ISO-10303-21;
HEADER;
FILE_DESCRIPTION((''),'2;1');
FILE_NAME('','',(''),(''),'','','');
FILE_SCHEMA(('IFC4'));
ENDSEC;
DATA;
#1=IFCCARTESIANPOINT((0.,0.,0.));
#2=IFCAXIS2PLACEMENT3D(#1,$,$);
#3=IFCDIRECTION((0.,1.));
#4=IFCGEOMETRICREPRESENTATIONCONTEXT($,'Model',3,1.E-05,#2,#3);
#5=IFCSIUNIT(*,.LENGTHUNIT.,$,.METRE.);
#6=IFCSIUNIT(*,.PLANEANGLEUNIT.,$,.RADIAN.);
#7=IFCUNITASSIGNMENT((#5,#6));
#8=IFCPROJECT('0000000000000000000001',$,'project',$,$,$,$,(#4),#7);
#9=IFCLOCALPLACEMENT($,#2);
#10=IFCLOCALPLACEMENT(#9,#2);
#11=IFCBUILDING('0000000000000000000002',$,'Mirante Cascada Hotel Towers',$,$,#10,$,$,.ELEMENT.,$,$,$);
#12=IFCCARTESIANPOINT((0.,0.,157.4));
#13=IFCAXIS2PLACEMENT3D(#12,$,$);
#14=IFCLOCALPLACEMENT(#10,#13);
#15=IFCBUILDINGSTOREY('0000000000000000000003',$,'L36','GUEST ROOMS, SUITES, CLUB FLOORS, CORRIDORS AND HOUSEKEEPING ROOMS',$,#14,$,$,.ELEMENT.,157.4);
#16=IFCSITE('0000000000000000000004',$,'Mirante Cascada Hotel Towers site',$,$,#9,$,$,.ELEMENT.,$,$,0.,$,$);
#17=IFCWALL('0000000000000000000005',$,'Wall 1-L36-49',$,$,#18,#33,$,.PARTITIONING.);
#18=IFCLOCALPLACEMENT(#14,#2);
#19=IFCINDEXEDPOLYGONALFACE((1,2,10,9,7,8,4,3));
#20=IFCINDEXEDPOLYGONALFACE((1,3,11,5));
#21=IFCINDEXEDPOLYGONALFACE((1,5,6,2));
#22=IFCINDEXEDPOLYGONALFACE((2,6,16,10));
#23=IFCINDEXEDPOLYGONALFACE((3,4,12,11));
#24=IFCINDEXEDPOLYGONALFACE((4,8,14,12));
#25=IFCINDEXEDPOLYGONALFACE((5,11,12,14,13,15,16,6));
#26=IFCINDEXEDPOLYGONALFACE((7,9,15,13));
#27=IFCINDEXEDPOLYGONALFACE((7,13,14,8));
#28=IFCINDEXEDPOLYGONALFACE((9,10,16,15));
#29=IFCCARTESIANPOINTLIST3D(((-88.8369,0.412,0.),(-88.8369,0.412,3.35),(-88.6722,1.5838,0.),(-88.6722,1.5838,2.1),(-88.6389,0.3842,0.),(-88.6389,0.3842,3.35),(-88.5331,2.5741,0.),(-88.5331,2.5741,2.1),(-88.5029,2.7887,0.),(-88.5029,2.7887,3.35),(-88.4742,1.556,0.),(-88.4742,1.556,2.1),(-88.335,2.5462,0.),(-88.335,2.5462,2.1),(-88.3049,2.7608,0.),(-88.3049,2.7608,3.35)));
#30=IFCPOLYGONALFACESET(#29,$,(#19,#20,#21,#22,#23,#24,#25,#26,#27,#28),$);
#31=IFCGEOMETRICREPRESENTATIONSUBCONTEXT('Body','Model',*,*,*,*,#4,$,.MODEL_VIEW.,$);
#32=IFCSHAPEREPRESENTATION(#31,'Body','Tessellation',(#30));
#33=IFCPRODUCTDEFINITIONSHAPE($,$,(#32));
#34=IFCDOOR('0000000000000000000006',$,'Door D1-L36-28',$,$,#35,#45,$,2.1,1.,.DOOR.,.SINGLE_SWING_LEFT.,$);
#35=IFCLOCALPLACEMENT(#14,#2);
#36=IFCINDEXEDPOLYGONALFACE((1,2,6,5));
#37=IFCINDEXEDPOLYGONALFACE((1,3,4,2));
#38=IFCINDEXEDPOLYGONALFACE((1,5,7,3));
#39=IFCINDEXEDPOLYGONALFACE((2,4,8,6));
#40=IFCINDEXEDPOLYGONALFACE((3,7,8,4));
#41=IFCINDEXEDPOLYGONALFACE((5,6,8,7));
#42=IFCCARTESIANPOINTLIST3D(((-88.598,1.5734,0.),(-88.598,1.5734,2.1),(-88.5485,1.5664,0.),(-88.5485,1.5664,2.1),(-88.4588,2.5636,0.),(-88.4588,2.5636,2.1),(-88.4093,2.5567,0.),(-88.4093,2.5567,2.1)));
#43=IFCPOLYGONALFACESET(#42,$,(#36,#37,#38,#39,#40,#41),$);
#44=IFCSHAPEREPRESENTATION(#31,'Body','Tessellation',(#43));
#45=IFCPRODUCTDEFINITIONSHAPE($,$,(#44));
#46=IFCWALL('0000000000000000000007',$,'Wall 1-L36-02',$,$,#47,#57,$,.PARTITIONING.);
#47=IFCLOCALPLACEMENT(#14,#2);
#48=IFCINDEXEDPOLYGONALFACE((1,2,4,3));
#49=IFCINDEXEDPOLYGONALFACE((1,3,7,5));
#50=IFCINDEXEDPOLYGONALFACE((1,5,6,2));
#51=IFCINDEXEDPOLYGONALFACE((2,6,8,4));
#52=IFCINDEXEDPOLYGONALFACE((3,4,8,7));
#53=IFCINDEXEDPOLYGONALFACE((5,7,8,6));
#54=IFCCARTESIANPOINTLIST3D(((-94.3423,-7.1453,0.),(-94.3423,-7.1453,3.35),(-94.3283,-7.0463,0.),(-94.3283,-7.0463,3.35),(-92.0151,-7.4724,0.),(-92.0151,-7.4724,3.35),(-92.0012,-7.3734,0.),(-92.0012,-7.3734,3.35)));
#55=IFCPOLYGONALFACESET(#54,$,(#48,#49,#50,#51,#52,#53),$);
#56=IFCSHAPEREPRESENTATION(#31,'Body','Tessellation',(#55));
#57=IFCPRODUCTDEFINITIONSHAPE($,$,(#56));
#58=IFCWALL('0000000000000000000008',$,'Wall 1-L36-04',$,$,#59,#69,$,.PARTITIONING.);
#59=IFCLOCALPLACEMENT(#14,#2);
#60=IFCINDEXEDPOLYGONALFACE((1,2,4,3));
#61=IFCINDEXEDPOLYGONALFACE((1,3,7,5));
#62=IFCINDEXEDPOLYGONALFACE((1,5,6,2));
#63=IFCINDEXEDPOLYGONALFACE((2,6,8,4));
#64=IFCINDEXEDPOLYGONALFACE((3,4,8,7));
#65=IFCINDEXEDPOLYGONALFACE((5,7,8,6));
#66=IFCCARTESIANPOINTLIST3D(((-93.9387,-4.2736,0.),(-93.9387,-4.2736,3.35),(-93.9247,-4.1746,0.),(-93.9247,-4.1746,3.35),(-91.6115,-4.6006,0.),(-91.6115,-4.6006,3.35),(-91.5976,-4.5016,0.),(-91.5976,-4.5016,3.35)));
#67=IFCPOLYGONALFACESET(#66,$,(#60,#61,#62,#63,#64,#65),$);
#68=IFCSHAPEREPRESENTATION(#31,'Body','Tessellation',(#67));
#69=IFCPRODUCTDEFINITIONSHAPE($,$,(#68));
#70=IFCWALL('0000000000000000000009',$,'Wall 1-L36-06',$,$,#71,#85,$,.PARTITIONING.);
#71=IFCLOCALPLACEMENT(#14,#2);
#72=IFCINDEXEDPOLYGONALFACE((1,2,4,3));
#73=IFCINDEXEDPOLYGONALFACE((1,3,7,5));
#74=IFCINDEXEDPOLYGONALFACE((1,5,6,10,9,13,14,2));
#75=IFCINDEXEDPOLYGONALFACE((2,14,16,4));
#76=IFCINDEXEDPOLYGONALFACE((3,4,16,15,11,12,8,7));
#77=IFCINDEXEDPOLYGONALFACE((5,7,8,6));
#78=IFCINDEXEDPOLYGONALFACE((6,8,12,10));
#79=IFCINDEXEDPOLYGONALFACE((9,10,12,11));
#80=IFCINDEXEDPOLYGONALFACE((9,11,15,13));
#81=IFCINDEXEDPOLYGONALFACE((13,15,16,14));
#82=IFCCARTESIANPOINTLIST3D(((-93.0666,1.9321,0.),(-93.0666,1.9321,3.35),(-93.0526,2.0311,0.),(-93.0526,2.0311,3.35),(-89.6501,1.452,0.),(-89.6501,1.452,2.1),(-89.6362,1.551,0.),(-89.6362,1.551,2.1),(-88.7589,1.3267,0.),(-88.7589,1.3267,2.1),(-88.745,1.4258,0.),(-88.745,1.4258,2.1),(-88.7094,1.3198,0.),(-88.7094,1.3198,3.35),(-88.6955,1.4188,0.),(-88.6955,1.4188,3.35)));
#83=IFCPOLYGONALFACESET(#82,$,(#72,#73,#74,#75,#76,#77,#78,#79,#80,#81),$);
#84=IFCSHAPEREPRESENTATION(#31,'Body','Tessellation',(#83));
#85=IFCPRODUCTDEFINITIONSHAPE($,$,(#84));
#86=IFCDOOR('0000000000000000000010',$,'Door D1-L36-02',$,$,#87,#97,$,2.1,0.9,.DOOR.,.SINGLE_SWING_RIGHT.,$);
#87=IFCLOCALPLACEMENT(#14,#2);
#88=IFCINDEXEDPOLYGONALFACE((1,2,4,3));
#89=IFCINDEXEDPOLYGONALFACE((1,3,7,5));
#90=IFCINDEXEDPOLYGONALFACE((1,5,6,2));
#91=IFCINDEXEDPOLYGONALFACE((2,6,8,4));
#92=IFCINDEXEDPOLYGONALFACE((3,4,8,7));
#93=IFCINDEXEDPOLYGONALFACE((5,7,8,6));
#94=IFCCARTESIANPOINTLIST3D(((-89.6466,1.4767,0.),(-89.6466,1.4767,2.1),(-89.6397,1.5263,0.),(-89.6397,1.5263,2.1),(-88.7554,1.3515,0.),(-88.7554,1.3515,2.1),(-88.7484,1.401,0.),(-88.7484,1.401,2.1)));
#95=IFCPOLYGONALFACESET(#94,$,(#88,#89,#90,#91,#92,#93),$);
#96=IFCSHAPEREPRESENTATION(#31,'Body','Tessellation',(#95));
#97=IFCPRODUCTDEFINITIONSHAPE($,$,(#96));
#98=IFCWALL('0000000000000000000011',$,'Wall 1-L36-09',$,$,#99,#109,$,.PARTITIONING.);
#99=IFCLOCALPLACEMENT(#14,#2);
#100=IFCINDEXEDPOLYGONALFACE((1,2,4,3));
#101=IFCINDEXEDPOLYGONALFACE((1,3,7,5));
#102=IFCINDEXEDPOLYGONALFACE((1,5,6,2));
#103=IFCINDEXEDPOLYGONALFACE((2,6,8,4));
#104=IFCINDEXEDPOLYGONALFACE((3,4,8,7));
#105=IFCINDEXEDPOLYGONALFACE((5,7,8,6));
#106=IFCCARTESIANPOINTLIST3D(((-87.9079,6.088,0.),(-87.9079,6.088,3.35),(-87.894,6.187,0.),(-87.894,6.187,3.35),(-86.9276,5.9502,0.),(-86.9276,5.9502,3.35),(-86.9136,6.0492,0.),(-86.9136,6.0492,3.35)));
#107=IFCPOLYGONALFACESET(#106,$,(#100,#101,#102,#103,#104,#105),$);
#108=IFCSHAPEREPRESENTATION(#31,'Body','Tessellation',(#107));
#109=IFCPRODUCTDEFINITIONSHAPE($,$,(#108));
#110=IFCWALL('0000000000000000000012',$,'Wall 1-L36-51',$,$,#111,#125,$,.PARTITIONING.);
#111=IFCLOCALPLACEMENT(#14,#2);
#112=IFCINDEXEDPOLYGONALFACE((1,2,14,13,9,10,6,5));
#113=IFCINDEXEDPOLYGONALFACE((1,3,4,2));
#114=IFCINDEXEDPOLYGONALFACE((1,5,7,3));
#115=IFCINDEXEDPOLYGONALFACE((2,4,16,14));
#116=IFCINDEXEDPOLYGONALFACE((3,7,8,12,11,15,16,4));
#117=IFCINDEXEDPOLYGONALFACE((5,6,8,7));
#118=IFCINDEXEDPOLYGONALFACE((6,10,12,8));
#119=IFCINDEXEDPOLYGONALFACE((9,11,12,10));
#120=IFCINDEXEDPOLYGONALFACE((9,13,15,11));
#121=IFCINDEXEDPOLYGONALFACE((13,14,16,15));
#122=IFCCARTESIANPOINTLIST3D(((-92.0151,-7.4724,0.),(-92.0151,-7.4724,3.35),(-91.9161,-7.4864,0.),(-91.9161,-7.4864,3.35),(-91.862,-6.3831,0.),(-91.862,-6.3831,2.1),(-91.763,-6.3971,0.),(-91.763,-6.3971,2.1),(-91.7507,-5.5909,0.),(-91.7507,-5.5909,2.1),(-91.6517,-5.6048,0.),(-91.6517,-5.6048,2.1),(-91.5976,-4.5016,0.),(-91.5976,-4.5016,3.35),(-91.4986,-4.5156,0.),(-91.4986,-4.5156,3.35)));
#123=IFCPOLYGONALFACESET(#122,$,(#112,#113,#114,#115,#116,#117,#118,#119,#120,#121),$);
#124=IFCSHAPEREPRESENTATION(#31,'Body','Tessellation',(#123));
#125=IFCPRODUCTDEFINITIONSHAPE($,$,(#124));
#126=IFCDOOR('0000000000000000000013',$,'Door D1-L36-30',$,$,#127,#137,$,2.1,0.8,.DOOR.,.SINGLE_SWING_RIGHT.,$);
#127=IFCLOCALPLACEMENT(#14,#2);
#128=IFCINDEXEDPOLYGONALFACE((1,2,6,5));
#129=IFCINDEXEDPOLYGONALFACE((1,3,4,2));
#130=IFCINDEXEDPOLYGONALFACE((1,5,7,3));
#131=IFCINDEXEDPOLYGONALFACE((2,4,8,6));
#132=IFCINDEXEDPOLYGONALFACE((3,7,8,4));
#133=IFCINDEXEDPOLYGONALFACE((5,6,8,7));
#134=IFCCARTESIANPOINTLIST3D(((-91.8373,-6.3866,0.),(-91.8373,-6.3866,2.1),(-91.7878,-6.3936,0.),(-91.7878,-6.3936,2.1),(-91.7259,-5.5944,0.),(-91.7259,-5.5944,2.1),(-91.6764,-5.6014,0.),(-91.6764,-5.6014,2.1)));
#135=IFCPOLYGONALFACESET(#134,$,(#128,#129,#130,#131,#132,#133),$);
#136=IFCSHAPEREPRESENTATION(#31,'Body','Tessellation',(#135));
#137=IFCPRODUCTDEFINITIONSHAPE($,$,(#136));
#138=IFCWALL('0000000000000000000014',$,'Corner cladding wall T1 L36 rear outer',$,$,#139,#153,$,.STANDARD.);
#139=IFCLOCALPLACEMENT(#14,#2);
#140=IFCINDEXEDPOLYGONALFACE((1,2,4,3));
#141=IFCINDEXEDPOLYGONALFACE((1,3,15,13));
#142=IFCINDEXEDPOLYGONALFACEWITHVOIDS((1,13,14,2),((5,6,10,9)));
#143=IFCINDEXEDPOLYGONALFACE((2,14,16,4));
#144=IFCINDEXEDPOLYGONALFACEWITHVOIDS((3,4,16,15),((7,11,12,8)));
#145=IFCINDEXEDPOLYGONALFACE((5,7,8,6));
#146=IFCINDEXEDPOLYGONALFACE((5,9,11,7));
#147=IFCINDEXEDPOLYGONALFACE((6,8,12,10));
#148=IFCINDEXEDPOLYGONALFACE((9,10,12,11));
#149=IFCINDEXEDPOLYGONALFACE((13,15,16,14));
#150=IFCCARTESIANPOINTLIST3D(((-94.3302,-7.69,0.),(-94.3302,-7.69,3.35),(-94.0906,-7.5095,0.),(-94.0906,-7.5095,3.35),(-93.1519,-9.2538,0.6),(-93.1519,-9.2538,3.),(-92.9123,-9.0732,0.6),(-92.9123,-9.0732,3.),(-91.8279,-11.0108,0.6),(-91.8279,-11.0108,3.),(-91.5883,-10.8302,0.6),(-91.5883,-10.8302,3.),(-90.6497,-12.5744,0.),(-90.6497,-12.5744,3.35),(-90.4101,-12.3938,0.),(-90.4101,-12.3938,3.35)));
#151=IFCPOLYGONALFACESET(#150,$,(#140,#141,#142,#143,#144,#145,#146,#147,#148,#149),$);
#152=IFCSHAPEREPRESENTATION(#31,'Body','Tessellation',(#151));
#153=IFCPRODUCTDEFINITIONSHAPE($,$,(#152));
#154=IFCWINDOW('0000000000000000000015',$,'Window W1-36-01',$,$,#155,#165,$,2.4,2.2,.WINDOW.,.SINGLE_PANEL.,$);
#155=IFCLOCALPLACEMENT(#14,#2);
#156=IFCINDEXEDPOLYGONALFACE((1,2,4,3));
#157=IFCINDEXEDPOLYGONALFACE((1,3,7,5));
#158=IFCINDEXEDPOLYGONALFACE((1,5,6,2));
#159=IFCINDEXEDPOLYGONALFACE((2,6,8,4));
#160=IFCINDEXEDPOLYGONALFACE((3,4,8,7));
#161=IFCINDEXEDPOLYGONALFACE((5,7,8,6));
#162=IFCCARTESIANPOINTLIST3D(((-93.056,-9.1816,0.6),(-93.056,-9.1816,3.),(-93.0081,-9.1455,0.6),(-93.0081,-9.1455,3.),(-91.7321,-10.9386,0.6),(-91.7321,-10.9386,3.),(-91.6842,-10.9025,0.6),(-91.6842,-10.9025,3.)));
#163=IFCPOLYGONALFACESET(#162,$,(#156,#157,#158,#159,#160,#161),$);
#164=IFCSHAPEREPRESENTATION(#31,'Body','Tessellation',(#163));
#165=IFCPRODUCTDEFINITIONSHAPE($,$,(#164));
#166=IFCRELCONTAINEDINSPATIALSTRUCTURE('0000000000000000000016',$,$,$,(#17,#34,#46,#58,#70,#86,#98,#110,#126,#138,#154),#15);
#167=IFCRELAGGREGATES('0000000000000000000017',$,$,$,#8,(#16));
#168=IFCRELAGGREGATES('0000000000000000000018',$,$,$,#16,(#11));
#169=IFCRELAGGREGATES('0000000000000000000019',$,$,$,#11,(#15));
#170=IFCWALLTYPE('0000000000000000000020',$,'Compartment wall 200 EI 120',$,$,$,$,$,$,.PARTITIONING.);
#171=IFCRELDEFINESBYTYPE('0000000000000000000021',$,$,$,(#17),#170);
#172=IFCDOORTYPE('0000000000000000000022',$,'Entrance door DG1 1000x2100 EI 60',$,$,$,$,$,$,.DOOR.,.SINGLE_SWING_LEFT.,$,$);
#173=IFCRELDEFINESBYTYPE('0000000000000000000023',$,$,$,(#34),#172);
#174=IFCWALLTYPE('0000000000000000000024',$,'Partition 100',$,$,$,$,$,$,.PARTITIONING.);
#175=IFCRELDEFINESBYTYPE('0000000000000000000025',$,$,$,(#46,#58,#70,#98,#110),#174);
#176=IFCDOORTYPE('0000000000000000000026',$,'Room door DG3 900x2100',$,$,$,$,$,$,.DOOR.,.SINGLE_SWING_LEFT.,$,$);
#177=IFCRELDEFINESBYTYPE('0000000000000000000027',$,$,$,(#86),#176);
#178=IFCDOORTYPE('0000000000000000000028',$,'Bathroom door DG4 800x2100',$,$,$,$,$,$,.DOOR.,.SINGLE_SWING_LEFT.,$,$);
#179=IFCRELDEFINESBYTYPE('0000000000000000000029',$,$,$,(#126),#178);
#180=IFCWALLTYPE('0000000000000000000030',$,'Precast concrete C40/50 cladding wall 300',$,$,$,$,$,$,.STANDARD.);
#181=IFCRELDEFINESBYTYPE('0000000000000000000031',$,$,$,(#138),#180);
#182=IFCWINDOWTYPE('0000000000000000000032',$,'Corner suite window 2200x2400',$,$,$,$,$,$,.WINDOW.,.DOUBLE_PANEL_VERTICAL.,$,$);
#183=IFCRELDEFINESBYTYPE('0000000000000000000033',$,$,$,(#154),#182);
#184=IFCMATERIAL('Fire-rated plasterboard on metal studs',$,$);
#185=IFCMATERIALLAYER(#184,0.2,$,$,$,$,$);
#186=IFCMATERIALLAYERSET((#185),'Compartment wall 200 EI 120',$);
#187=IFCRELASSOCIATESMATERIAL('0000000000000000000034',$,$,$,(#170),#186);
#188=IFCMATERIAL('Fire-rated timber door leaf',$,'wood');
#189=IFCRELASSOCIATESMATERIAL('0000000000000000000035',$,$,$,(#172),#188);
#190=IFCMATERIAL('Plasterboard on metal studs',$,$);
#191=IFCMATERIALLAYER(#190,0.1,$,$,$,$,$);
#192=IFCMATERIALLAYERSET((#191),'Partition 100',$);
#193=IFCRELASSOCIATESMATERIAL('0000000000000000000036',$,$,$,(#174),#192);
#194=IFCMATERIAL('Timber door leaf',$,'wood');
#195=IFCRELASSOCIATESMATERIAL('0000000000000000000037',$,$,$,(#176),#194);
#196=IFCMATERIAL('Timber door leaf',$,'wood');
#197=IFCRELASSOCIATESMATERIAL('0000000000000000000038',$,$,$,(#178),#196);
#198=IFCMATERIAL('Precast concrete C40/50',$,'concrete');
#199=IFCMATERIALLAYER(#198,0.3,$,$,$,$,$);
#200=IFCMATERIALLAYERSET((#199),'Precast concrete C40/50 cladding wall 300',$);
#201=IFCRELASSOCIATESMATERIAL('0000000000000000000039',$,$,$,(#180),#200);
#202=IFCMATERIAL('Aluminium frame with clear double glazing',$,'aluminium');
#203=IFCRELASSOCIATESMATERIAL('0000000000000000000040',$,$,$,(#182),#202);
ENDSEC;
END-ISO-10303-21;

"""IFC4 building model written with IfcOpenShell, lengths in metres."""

from ifc_helpers import new_model, si_unit, direction, frame, frame_2d, origin, place, context, subcontext, project, spatial, rectangle, extrude, material, layer, layer_set, type_object, element, fill, save


model = new_model("IFC4")

# Units and contexts
model_context = context("Model", 3, precision=1e-05, world=origin(), true_north=direction((0.0, 1.0)))
body_context = subcontext(model_context, "Body", "Model", "MODEL_VIEW")
ifc_project = project(units=[si_unit("LENGTHUNIT", "METRE"), si_unit("PLANEANGLEUNIT", "RADIAN")], contexts=[model_context])

# Site, building, storey
site_placement = place(None, origin())
site = spatial("IfcSite", under=ifc_project, at=site_placement, Name="Mirante Cascada Hotel Towers site", CompositionType="ELEMENT", RefElevation=0.0)
building_placement = place(site_placement, origin())
building = spatial("IfcBuilding", under=site, at=building_placement, Name="Mirante Cascada Hotel Towers", CompositionType="ELEMENT")
storey_placement = place(building_placement, frame((0.0, 0.0, 157.4)))
storey = spatial("IfcBuildingStorey", under=building, at=storey_placement, Name="L36", Description="GUEST ROOMS, SUITES, CLUB FLOORS, CORRIDORS AND HOUSEKEEPING ROOMS", CompositionType="ELEMENT", Elevation=157.4)

# Shared definitions
ifc_material_1 = material(Name="Fire-rated plasterboard on metal studs")
ifc_layer_1 = layer(ifc_material_1, 0.2)
ifc_layer_set_1 = layer_set([ifc_layer_1], Name="Compartment wall 200 EI 120")
wall_type_1 = type_object("IfcWallType", Name="Compartment wall 200 EI 120", PredefinedType="PARTITIONING", material=ifc_layer_set_1)

# Wall, opening, door
wall_1_placement = place(storey_placement, frame((-88.7379, 0.3981, 0.0), z_axis=(0.0, 0.0, 1.0), x_axis=(0.139169, 0.990269, 0.0)))
wall_1 = element("IfcWall", 1, at=wall_1_placement, inside=storey, type_object=wall_type_1, Name="Wall 1-L36-49", PredefinedType="PARTITIONING", context=body_context, shape_type="SweptSolid", body=[
    extrude(rectangle(XDim=2.4, YDim=0.2, at=frame_2d((1.2, 0.0))), origin(), (0.0, 0.0, 1.0), 3.35),
])
opening_1_placement = place(wall_1_placement, frame((1.1833, 0.0, 0.0)))
opening_1 = element("IfcOpeningElement", 2, at=opening_1_placement, cuts=wall_1, PredefinedType="OPENING", context=body_context, shape_type="SweptSolid", body=[
    extrude(rectangle(XDim=1.0, YDim=2.1, at=frame_2d((0.5, 1.05))), frame((0.0, 0.1, 0.0), z_axis=(0.0, -1.0, 0.0), x_axis=(1.0, 0.0, 0.0)), (0.0, 0.0, 1.0), 0.2),
])
ifc_material_2 = material(Name="Fire-rated timber door leaf", Category="wood")
door_type_1 = type_object("IfcDoorType", Name="Entrance door DG1 1000x2100 EI 60", OperationType="SINGLE_SWING_LEFT", PredefinedType="DOOR", material=ifc_material_2)
door_1_placement = place(opening_1_placement, origin())
door_1 = element("IfcDoor", 3, at=door_1_placement, inside=storey, type_object=door_type_1, Name="Door D1-L36-28", OperationType="SINGLE_SWING_LEFT", OverallHeight=2.1, OverallWidth=1.0, PredefinedType="DOOR", context=body_context, shape_type="SweptSolid", body=[
    extrude(rectangle(XDim=1.0, YDim=2.1, at=frame_2d((0.5, 1.05))), frame((0.0, 0.025, 0.0), z_axis=(0.0, -1.0, 0.0), x_axis=(1.0, 0.0, 0.0)), (0.0, 0.0, 1.0), 0.05),
])
fill(opening_1, door_1)

# Walls
ifc_material_3 = material(Name="Plasterboard on metal studs")
ifc_layer_2 = layer(ifc_material_3, 0.1)
ifc_layer_set_2 = layer_set([ifc_layer_2], Name="Partition 100")
wall_type_2 = type_object("IfcWallType", Name="Partition 100", PredefinedType="PARTITIONING", material=ifc_layer_set_2)
for number, where, z_axis, x_axis, name in (
    (4, (-94.3353, -7.0958, 0.0), (0.0, 0.0, 1.0), (0.990265, -0.139193, 0.0), "Wall 1-L36-02"),
    (5, (-93.9317, -4.2241, 0.0), (0.0, 0.0, 1.0), (0.990271, -0.139151, 0.0), "Wall 1-L36-04"),
):
    element("IfcWall", number, at=place(storey_placement, frame(where, z_axis=z_axis, x_axis=x_axis)), inside=storey, type_object=wall_type_2, Name=name, PredefinedType="PARTITIONING", context=body_context, shape_type="SweptSolid", body=[
        extrude(rectangle(XDim=2.35, YDim=0.1, at=frame_2d((1.175, 0.0))), origin(), (0.0, 0.0, 1.0), 3.35),
    ])

# Wall, opening, door
wall_2_placement = place(storey_placement, frame((-93.0596, 1.9816, 0.0), z_axis=(0.0, 0.0, 1.0), x_axis=(0.99027, -0.139159, 0.0)))
wall_2 = element("IfcWall", 6, at=wall_2_placement, inside=storey, type_object=wall_type_2, Name="Wall 1-L36-06", PredefinedType="PARTITIONING", context=body_context, shape_type="SweptSolid", body=[
    extrude(rectangle(XDim=4.4, YDim=0.1, at=frame_2d((2.2, 0.0))), origin(), (0.0, 0.0, 1.0), 3.35),
])
opening_2_placement = place(wall_2_placement, frame((3.45, 0.0, 0.0)))
opening_2 = element("IfcOpeningElement", 7, at=opening_2_placement, cuts=wall_2, PredefinedType="OPENING", context=body_context, shape_type="SweptSolid", body=[
    extrude(rectangle(XDim=0.9, YDim=2.1, at=frame_2d((0.45, 1.05))), frame((0.0, 0.05, 0.0), z_axis=(0.0, -1.0, 0.0), x_axis=(1.0, 0.0, 0.0)), (0.0, 0.0, 1.0), 0.1),
])
ifc_material_4 = material(Name="Timber door leaf", Category="wood")
door_type_2 = type_object("IfcDoorType", Name="Room door DG3 900x2100", OperationType="SINGLE_SWING_LEFT", PredefinedType="DOOR", material=ifc_material_4)
door_2_placement = place(opening_2_placement, frame((0.9, 0.0, 0.0), z_axis=(0.0, 0.0, 1.0), x_axis=(-1.0, 0.0, 0.0)))
door_2 = element("IfcDoor", 8, at=door_2_placement, inside=storey, type_object=door_type_2, Name="Door D1-L36-02", OperationType="SINGLE_SWING_RIGHT", OverallHeight=2.1, OverallWidth=0.9, PredefinedType="DOOR", context=body_context, shape_type="SweptSolid", body=[
    extrude(rectangle(XDim=0.9, YDim=2.1, at=frame_2d((0.45, 1.05))), frame((0.0, 0.025, 0.0), z_axis=(0.0, -1.0, 0.0), x_axis=(1.0, 0.0, 0.0)), (0.0, 0.0, 1.0), 0.05),
])
fill(opening_2, door_2)

# Wall
wall_3_placement = place(storey_placement, frame((-86.9206, 5.9997, 0.0), z_axis=(0.0, 0.0, 1.0), x_axis=(-0.990266, 0.139187, 0.0)))
element("IfcWall", 9, at=wall_3_placement, inside=storey, type_object=wall_type_2, Name="Wall 1-L36-09", PredefinedType="PARTITIONING", context=body_context, shape_type="SweptSolid", body=[
    extrude(rectangle(XDim=0.99, YDim=0.1, at=frame_2d((0.495, 0.0))), origin(), (0.0, 0.0, 1.0), 3.35),
])

# Wall, opening, door
wall_4_placement = place(storey_placement, frame((-91.9656, -7.4794, 0.0), z_axis=(0.0, 0.0, 1.0), x_axis=(0.139167, 0.990269, 0.0)))
wall_4 = element("IfcWall", 10, at=wall_4_placement, inside=storey, type_object=wall_type_2, Name="Wall 1-L36-51", PredefinedType="PARTITIONING", context=body_context, shape_type="SweptSolid", body=[
    extrude(rectangle(XDim=3.0, YDim=0.1, at=frame_2d((1.5, 0.0))), origin(), (0.0, 0.0, 1.0), 3.35),
])
opening_3_placement = place(wall_4_placement, frame((1.1, 0.0, 0.0)))
opening_3 = element("IfcOpeningElement", 11, at=opening_3_placement, cuts=wall_4, PredefinedType="OPENING", context=body_context, shape_type="SweptSolid", body=[
    extrude(rectangle(XDim=0.8, YDim=2.1, at=frame_2d((0.4, 1.05))), frame((0.0, 0.05, 0.0), z_axis=(0.0, -1.0, 0.0), x_axis=(1.0, 0.0, 0.0)), (0.0, 0.0, 1.0), 0.1),
])
ifc_material_5 = material(Name="Timber door leaf", Category="wood")
door_type_3 = type_object("IfcDoorType", Name="Bathroom door DG4 800x2100", OperationType="SINGLE_SWING_LEFT", PredefinedType="DOOR", material=ifc_material_5)
door_3_placement = place(opening_3_placement, frame((0.8, 0.0, 0.0), z_axis=(0.0, 0.0, 1.0), x_axis=(-1.0, 0.0, 0.0)))
door_3 = element("IfcDoor", 12, at=door_3_placement, inside=storey, type_object=door_type_3, Name="Door D1-L36-30", OperationType="SINGLE_SWING_RIGHT", OverallHeight=2.1, OverallWidth=0.8, PredefinedType="DOOR", context=body_context, shape_type="SweptSolid", body=[
    extrude(rectangle(XDim=0.8, YDim=2.1, at=frame_2d((0.4, 1.05))), frame((0.0, 0.025, 0.0), z_axis=(0.0, -1.0, 0.0), x_axis=(1.0, 0.0, 0.0)), (0.0, 0.0, 1.0), 0.05),
])
fill(opening_3, door_3)

# Wall, opening, window
ifc_material_6 = material(Name="Precast concrete C40/50", Category="concrete")
ifc_layer_3 = layer(ifc_material_6, 0.3)
ifc_layer_set_3 = layer_set([ifc_layer_3], Name="Precast concrete C40/50 cladding wall 300")
wall_type_3 = type_object("IfcWallType", Name="Precast concrete C40/50 cladding wall 300", PredefinedType="STANDARD", material=ifc_layer_set_3)
wall_5_placement = place(storey_placement, frame((-90.5299, -12.4841, 0.0), z_axis=(0.0, 0.0, 1.0), x_axis=(-0.601806, 0.798642, 0.0)))
wall_5 = element("IfcWall", 13, at=wall_5_placement, inside=storey, type_object=wall_type_3, Name="Corner cladding wall T1 L36 rear outer", PredefinedType="STANDARD", context=body_context, shape_type="SweptSolid", body=[
    extrude(rectangle(XDim=6.1158, YDim=0.3, at=frame_2d((3.0579, 0.0))), origin(), (0.0, 0.0, 1.0), 3.35),
])
opening_4_placement = place(wall_5_placement, frame((1.9578, 0.0, 0.6)))
opening_4 = element("IfcOpeningElement", 14, at=opening_4_placement, cuts=wall_5, PredefinedType="OPENING", context=body_context, shape_type="SweptSolid", body=[
    extrude(rectangle(XDim=2.2, YDim=2.4, at=frame_2d((1.1, 1.2))), frame((0.0, 0.15, 0.0), z_axis=(0.0, -1.0, 0.0), x_axis=(1.0, 0.0, 0.0)), (0.0, 0.0, 1.0), 0.3),
])
ifc_material_7 = material(Name="Aluminium frame with clear double glazing", Category="aluminium")
window_type = type_object("IfcWindowType", Name="Corner suite window 2200x2400", PartitioningType="DOUBLE_PANEL_VERTICAL", PredefinedType="WINDOW", material=ifc_material_7)
window_placement = place(opening_4_placement, origin())
window = element("IfcWindow", 15, at=window_placement, inside=storey, type_object=window_type, Name="Window W1-36-01", OverallHeight=2.4, OverallWidth=2.2, PartitioningType="SINGLE_PANEL", PredefinedType="WINDOW", context=body_context, shape_type="SweptSolid", body=[
    extrude(rectangle(XDim=2.2, YDim=2.4, at=frame_2d((1.1, 1.2))), frame((0.0, 0.03, 0.0), z_axis=(0.0, -1.0, 0.0), x_axis=(1.0, 0.0, 0.0)), (0.0, 0.0, 1.0), 0.06),
])
fill(opening_4, window)

save(model, "model.ifc")
